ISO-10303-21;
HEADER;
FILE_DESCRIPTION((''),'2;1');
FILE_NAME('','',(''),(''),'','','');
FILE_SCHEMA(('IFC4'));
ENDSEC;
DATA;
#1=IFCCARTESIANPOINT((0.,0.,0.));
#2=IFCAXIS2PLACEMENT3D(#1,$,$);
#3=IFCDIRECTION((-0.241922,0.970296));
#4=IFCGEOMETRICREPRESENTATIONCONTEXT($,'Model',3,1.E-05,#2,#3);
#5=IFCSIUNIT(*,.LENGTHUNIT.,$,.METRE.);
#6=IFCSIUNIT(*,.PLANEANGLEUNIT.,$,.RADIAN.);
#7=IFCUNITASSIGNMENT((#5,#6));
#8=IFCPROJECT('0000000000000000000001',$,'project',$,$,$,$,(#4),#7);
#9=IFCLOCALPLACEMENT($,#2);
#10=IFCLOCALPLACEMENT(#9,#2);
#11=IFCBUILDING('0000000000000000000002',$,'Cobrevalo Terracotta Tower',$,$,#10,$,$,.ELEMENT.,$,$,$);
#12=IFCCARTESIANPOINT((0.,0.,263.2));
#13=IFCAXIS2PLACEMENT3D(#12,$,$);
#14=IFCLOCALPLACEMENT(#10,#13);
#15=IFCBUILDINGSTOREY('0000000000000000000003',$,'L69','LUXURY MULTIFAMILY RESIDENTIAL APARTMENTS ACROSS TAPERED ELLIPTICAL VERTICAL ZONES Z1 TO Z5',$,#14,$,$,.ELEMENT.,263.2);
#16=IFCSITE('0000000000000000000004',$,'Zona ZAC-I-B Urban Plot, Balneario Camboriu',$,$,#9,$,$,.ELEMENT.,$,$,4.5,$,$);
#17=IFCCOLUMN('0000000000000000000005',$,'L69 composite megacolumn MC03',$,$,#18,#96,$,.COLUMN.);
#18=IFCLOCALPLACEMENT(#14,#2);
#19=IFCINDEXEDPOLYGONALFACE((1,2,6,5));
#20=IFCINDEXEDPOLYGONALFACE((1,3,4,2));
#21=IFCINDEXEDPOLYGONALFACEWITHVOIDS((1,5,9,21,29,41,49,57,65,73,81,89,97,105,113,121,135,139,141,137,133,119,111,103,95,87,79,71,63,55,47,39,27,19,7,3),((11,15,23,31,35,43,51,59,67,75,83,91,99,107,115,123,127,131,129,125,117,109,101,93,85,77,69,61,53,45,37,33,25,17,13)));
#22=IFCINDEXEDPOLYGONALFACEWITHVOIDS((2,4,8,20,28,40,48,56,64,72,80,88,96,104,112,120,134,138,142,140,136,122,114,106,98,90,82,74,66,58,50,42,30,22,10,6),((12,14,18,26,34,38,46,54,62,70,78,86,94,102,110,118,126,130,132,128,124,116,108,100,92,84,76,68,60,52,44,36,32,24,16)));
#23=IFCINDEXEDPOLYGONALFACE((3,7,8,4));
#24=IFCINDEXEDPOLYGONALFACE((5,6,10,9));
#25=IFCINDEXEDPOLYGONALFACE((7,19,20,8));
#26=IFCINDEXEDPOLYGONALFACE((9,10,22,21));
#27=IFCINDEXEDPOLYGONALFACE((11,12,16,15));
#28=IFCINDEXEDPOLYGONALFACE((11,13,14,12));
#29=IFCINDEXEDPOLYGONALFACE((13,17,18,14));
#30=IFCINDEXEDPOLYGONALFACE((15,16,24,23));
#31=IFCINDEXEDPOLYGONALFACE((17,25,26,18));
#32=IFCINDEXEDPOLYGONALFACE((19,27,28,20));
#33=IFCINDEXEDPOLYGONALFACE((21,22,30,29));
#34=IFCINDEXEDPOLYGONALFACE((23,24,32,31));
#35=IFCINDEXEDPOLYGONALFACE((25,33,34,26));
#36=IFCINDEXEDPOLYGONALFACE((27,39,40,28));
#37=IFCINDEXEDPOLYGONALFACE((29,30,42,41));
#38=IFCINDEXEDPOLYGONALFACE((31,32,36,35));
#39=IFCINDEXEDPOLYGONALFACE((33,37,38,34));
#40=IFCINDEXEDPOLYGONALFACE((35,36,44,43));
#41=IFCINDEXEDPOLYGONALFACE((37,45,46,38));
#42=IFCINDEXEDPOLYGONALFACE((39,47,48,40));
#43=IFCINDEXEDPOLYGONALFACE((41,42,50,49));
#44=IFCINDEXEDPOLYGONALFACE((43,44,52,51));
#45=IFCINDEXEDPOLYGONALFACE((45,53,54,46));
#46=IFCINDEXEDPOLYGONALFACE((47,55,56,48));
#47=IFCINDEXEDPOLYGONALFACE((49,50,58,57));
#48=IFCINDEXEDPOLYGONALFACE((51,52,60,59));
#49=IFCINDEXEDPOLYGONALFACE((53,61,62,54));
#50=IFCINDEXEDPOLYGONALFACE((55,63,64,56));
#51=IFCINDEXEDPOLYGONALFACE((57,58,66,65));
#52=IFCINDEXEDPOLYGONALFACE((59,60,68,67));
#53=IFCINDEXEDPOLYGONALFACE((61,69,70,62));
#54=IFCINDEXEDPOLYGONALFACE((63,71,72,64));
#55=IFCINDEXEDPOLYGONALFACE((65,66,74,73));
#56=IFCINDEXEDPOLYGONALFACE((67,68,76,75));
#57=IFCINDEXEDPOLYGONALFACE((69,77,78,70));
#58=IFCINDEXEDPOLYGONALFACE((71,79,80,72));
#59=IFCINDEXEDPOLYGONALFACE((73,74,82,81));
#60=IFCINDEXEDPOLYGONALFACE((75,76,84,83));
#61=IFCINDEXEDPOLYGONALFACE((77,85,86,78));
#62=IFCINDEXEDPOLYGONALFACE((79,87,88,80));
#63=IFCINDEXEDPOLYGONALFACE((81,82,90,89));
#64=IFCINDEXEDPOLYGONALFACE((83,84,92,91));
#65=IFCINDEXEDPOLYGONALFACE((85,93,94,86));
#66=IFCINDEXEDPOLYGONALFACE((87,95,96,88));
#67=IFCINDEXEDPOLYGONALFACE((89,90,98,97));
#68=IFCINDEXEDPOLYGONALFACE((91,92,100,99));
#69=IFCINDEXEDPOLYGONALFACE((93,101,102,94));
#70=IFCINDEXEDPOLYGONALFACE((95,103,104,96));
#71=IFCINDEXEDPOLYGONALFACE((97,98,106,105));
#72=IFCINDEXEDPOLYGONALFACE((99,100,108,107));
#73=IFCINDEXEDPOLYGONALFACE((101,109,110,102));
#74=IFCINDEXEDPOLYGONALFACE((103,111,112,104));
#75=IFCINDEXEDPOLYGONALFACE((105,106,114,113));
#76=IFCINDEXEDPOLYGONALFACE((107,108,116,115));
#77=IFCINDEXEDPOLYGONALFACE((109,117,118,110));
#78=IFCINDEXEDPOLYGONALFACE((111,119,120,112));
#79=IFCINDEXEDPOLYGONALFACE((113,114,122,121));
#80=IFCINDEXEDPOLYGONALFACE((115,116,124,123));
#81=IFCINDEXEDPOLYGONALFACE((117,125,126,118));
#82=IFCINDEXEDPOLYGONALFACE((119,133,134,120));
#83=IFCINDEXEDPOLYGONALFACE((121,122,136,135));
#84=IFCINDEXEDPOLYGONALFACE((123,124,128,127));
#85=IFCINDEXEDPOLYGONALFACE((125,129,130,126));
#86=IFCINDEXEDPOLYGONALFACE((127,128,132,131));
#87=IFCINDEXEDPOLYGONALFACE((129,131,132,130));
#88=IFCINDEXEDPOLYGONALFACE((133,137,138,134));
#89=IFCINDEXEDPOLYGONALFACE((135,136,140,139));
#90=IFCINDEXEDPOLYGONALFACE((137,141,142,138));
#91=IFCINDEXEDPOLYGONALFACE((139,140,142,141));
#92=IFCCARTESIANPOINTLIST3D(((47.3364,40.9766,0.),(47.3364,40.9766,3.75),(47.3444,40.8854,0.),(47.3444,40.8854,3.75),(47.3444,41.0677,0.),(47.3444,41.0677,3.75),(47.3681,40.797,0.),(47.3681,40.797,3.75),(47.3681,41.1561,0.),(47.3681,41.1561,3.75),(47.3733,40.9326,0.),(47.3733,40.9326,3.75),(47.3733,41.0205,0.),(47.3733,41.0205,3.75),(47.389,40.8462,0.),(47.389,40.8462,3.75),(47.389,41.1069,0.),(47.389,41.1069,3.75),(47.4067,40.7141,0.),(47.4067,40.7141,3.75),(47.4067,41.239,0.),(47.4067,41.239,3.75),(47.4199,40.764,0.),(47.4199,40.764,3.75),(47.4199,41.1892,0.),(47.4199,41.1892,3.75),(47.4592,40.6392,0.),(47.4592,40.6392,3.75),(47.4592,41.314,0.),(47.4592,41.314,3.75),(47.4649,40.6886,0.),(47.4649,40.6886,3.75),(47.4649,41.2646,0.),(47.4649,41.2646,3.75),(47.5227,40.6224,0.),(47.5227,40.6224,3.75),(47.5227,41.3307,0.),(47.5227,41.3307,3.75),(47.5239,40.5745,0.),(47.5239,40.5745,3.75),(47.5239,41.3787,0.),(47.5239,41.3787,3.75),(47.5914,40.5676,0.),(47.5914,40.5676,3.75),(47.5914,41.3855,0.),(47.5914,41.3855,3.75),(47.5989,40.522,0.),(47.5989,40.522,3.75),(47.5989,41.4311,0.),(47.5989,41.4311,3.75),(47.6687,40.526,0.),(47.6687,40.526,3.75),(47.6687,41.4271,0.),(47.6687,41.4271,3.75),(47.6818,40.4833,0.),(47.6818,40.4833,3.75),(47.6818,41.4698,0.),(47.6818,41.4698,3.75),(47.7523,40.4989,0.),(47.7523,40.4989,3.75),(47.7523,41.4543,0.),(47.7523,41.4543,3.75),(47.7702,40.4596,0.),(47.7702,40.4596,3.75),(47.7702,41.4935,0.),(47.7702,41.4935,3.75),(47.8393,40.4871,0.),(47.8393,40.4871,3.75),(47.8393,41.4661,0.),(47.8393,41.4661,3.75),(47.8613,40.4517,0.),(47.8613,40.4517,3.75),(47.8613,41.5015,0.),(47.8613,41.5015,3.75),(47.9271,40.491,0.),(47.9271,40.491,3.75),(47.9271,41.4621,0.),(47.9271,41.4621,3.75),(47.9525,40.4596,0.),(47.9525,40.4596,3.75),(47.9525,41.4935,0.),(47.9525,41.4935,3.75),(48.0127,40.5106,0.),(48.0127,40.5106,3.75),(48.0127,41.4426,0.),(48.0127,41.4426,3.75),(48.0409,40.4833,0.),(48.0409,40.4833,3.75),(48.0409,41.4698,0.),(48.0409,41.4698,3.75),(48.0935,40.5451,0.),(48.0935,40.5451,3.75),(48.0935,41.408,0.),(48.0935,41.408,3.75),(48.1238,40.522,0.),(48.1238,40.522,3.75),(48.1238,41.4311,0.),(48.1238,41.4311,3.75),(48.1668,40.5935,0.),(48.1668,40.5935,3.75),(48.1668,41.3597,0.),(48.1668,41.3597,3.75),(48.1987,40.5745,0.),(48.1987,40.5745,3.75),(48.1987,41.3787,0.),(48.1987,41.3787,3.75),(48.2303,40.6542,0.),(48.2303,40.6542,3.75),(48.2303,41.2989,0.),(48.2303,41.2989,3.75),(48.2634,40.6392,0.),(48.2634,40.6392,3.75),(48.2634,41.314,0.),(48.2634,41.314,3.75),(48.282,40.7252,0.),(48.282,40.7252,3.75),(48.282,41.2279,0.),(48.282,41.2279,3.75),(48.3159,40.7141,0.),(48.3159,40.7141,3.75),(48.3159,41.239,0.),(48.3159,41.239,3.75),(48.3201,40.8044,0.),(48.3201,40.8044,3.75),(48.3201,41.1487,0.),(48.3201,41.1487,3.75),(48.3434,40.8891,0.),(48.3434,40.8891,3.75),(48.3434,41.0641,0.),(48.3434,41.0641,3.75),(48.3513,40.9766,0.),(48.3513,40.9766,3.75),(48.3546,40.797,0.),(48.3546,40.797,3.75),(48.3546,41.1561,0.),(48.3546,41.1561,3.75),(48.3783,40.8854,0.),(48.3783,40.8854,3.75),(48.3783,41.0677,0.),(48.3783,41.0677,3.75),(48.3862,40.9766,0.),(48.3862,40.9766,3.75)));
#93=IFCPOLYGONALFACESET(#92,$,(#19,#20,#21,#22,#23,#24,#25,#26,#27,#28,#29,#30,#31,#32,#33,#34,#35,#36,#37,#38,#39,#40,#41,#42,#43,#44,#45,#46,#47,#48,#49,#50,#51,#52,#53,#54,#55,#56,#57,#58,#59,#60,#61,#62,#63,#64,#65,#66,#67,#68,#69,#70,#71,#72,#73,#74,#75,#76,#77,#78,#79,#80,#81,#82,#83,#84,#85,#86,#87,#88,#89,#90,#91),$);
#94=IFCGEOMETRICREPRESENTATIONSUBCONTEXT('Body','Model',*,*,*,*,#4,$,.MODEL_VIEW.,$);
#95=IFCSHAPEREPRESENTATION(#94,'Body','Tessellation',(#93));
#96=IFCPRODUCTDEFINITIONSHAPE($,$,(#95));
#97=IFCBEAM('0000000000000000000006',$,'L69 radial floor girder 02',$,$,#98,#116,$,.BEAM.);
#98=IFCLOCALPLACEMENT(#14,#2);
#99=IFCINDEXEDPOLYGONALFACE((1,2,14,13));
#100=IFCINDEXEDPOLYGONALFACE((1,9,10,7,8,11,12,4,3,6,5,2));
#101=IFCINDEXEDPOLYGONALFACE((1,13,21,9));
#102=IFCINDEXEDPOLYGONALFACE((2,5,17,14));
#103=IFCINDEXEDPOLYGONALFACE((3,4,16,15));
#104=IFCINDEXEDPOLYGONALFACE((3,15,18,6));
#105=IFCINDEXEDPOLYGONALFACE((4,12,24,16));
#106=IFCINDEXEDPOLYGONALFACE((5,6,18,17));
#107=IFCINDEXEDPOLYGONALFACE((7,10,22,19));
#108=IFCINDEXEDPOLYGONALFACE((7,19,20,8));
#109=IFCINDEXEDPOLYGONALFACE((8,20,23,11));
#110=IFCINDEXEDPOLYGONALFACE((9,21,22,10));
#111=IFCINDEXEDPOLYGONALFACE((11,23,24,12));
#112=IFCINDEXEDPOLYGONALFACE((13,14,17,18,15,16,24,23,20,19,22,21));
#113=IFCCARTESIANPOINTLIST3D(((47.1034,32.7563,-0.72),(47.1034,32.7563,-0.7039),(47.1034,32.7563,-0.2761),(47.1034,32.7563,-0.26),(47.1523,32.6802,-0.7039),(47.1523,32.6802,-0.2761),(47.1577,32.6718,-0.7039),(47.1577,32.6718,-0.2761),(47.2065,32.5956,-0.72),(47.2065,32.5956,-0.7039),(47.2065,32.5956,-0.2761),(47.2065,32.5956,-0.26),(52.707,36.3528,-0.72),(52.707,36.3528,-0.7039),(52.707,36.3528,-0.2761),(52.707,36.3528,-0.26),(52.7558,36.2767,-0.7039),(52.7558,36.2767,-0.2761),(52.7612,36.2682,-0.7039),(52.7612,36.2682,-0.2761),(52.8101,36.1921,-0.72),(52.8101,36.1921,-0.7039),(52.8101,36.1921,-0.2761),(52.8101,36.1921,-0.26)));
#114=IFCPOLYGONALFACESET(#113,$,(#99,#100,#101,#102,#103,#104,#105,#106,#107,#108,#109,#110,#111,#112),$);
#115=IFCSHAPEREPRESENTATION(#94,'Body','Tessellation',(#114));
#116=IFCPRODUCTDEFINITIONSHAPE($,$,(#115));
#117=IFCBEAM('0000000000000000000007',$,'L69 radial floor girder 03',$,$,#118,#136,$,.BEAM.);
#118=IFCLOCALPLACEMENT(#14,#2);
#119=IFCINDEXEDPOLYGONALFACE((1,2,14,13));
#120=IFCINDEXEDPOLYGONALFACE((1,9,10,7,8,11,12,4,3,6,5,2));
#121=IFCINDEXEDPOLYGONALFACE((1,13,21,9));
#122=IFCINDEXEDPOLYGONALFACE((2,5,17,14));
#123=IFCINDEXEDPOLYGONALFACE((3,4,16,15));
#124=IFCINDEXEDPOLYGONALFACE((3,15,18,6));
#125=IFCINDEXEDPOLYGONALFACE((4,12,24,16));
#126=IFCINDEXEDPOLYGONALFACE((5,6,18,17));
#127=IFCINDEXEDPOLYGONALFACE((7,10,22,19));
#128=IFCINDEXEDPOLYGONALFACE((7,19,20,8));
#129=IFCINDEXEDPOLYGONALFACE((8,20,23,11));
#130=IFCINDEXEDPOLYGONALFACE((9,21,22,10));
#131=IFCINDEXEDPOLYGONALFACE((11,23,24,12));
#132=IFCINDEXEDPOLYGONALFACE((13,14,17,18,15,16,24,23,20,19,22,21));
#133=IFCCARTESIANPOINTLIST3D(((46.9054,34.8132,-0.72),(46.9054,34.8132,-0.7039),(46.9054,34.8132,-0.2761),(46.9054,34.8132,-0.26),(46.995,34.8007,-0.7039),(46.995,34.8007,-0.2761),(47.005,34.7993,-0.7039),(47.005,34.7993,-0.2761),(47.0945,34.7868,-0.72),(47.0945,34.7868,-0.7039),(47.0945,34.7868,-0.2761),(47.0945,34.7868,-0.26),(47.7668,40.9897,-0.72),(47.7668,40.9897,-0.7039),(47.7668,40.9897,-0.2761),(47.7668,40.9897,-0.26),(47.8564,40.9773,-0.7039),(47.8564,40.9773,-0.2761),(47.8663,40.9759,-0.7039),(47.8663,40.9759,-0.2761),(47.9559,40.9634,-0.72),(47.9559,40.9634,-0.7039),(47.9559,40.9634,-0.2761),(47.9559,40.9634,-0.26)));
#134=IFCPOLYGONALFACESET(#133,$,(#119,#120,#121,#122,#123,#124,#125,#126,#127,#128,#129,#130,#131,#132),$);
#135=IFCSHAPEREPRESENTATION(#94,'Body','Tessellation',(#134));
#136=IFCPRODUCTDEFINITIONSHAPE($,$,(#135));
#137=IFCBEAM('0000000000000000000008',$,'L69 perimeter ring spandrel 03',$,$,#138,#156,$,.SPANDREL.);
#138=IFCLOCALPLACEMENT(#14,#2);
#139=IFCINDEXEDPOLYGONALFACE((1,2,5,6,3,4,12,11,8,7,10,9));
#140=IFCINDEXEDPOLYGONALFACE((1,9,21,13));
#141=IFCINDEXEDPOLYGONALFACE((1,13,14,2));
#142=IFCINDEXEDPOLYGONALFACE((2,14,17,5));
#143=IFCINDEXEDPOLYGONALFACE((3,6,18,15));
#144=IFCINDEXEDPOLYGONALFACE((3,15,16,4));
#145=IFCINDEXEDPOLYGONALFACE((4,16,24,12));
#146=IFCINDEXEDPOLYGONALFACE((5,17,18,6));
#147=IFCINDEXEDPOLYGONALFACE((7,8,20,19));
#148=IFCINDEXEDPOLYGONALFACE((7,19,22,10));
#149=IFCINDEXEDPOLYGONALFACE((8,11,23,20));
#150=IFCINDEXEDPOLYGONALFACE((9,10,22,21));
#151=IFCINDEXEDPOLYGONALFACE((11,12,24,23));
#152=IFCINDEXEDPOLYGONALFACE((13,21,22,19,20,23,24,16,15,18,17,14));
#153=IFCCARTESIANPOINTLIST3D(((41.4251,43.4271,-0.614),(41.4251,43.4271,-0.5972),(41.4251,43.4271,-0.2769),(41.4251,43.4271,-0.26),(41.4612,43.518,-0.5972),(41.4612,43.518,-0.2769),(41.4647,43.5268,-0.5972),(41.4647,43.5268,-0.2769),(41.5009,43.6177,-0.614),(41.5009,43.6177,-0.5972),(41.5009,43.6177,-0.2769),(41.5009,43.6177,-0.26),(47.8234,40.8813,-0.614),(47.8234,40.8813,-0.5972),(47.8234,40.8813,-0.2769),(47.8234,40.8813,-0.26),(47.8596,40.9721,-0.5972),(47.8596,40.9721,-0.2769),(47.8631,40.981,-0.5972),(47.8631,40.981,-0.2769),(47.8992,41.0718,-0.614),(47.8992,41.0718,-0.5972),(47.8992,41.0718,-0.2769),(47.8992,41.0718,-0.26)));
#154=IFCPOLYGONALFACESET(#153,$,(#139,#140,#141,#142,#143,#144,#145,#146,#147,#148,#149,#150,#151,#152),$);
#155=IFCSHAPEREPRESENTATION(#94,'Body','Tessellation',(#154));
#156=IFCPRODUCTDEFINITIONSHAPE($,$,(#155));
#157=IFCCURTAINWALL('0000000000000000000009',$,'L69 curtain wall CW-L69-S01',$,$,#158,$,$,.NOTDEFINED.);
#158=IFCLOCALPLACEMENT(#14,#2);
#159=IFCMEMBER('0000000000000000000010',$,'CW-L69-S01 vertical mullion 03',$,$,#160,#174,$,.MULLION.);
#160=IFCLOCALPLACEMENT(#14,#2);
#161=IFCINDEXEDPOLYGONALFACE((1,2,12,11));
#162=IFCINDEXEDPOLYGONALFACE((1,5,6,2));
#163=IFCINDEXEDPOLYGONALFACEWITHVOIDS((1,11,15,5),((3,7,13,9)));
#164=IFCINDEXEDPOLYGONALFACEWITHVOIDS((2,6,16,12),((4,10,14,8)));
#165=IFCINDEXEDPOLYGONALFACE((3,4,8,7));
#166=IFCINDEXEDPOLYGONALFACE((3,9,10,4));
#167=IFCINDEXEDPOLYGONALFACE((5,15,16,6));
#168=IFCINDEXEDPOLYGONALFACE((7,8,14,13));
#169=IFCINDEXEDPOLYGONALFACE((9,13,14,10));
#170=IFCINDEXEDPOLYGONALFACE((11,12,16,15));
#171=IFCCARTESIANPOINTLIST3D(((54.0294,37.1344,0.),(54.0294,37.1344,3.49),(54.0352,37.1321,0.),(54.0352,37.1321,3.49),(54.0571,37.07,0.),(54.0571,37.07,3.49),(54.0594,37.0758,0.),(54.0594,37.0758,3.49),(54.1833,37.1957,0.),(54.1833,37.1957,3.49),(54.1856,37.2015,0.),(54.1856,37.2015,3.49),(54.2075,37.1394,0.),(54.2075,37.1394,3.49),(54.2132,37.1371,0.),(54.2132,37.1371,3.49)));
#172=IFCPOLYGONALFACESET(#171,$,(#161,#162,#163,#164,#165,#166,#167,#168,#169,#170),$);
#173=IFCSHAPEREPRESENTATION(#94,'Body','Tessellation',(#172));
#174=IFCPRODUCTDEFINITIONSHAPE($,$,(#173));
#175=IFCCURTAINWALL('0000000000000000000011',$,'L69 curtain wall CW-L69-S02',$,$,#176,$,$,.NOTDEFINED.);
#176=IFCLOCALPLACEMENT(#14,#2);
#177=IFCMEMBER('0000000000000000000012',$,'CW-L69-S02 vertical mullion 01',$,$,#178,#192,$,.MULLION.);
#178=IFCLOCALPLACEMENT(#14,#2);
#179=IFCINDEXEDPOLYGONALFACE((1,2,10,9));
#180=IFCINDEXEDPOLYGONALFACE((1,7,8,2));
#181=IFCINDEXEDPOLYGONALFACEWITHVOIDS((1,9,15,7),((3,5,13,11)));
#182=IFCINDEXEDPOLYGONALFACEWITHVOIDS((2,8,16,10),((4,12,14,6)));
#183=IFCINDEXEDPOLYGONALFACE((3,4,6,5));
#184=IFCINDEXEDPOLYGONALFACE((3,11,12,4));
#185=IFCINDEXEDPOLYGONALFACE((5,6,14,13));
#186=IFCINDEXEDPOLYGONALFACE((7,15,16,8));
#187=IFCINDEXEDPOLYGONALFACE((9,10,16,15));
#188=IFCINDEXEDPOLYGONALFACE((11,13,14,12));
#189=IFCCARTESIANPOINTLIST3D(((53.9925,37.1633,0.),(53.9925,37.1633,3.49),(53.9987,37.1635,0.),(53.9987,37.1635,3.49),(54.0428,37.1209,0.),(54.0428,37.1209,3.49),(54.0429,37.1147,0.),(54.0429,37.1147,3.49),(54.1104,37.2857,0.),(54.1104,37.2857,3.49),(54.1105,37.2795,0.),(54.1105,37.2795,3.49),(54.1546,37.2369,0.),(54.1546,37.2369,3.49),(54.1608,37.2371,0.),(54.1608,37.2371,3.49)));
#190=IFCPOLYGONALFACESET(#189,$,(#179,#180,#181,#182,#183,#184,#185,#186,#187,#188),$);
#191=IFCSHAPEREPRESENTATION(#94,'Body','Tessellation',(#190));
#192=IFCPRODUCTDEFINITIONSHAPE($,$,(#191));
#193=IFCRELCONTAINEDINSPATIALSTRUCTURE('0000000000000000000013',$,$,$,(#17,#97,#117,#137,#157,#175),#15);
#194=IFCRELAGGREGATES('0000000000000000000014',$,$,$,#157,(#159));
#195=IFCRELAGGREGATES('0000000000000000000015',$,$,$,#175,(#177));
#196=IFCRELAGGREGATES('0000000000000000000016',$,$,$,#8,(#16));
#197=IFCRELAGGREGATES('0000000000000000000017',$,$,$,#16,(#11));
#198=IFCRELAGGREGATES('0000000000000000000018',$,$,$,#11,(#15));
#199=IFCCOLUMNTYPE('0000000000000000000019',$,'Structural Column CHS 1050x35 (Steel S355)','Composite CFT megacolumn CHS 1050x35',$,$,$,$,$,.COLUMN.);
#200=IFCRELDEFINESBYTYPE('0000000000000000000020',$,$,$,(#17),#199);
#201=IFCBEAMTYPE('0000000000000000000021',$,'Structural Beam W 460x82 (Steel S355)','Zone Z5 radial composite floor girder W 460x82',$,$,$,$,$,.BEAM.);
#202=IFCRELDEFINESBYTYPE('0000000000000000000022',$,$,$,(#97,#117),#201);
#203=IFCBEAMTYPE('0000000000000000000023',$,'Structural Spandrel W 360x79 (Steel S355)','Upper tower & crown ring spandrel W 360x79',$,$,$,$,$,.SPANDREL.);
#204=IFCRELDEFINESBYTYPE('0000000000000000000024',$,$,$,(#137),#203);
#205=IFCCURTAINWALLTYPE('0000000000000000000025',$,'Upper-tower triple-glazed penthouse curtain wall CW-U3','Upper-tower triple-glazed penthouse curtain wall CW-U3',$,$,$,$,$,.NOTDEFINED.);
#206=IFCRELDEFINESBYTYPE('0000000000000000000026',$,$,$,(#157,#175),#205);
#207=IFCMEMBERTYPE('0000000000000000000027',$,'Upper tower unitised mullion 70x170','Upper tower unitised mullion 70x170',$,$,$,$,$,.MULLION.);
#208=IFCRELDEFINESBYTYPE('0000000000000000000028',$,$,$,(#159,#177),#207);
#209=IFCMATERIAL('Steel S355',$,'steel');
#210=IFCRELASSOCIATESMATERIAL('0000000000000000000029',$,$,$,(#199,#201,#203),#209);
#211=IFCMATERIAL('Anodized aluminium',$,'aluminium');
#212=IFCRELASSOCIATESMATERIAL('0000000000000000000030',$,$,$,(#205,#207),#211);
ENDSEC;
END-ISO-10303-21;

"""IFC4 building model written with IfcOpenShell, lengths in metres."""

from ifc_helpers import new_model, si_unit, direction, frame, origin, origin_2d, place, context, subcontext, project, spatial, hollow_rectangle, hollow_circle, i_section, extrude, source, transform, mapped, material, material_profile, profile_set, type_object, element, aggregate, save


model = new_model("IFC4")

# Units and contexts
model_context = context("Model", 3, precision=1e-05, world=origin(), true_north=direction((-0.241922, 0.970296)))
body_context = subcontext(model_context, "Body", "Model", "MODEL_VIEW")
ifc_project = project(units=[si_unit("LENGTHUNIT", "METRE"), si_unit("PLANEANGLEUNIT", "RADIAN")], contexts=[model_context])

# Site, building, storey
site_placement = place(None, origin())
site = spatial("IfcSite", under=ifc_project, at=site_placement, Name="Zona ZAC-I-B Urban Plot, Balneario Camboriu", CompositionType="ELEMENT", RefElevation=4.5)
building_placement = place(site_placement, origin())
building = spatial("IfcBuilding", under=site, at=building_placement, Name="Cobrevalo Terracotta Tower", CompositionType="ELEMENT")
storey_placement = place(building_placement, frame((0.0, 0.0, 263.2)))
storey = spatial("IfcBuildingStorey", under=building, at=storey_placement, Name="L69", Description="LUXURY MULTIFAMILY RESIDENTIAL APARTMENTS ACROSS TAPERED ELLIPTICAL VERTICAL ZONES Z1 TO Z5", CompositionType="ELEMENT", Elevation=263.2)

# Column
ifc_material_1 = material(Name="Steel S355", Category="steel")
ifc_material_profile_1 = material_profile(ifc_material_1, hollow_circle(Radius=0.5249, WallThickness=0.0349, at=origin_2d()), Name="CHS 1050x35")
ifc_profile_set_1 = profile_set([ifc_material_profile_1], Name="Steel S355")
column_type = type_object("IfcColumnType", Name="Structural Column CHS 1050x35 (Steel S355)", Description="Composite CFT megacolumn CHS 1050x35", PredefinedType="COLUMN", material=ifc_profile_set_1)
column_placement = place(storey_placement, frame((47.8613, 40.9766, 0.0), z_axis=(0.0, 0.0, 1.0), x_axis=(1.0, 0.0, 0.0)))
element("IfcColumn", 1, at=column_placement, inside=storey, type_object=column_type, Name="L69 composite megacolumn MC03", PredefinedType="COLUMN", context=body_context, shape_type="SweptSolid", body=[
    extrude(hollow_circle(Radius=0.5249, WallThickness=0.0349, at=origin_2d()), origin(), (0.0, 0.0, 1.0), 3.75),
])

# Beams
ifc_material_profile_2 = material_profile(ifc_material_1, i_section(OverallWidth=0.1909, OverallDepth=0.46, WebThickness=0.01, FlangeThickness=0.0161, at=origin_2d()), Name="W 460x82")
ifc_profile_set_2 = profile_set([ifc_material_profile_2], Name="Steel S355")
beam_type_1 = type_object("IfcBeamType", Name="Structural Beam W 460x82 (Steel S355)", Description="Zone Z5 radial composite floor girder W 460x82", PredefinedType="BEAM", material=ifc_profile_set_2)
beam_1_placement = place(storey_placement, frame((52.7585, 36.2725, -0.49), z_axis=(-0.841576, -0.540138, 0.0), x_axis=(0.540138, -0.841576, 0.0)))
element("IfcBeam", 2, at=beam_1_placement, inside=storey, type_object=beam_type_1, Name="L69 radial floor girder 02", PredefinedType="BEAM", context=body_context, shape_type="SweptSolid", body=[
    extrude(i_section(OverallWidth=0.1909, OverallDepth=0.46, WebThickness=0.01, FlangeThickness=0.0161, at=origin_2d()), origin(), (0.0, 0.0, 1.0), 6.6584),
])
beam_2_placement = place(storey_placement, frame((47.8613, 40.9766, -0.49), z_axis=(-0.138116, -0.990416, 0.0), x_axis=(0.990416, -0.138116, 0.0)))
element("IfcBeam", 3, at=beam_2_placement, inside=storey, type_object=beam_type_1, Name="L69 radial floor girder 03", PredefinedType="BEAM", context=body_context, shape_type="SweptSolid", body=[
    extrude(i_section(OverallWidth=0.1909, OverallDepth=0.46, WebThickness=0.01, FlangeThickness=0.0161, at=origin_2d()), origin(), (0.0, 0.0, 1.0), 6.2363),
])
ifc_material_profile_3 = material_profile(ifc_material_1, i_section(OverallWidth=0.2051, OverallDepth=0.354, WebThickness=0.0095, FlangeThickness=0.0168, at=origin_2d()), Name="W 360x79")
ifc_profile_set_3 = profile_set([ifc_material_profile_3], Name="Steel S355")
beam_type_2 = type_object("IfcBeamType", Name="Structural Spandrel W 360x79 (Steel S355)", Description="Upper tower & crown ring spandrel W 360x79", PredefinedType="SPANDREL", material=ifc_profile_set_3)
beam_3_placement = place(storey_placement, frame((47.8613, 40.9766, -0.437), z_axis=(-0.92915, 0.369703, 0.0), x_axis=(-0.369703, -0.92915, 0.0)))
element("IfcBeam", 4, at=beam_3_placement, inside=storey, type_object=beam_type_2, Name="L69 perimeter ring spandrel 03", PredefinedType="SPANDREL", context=body_context, shape_type="SweptSolid", body=[
    extrude(i_section(OverallWidth=0.2051, OverallDepth=0.354, WebThickness=0.0095, FlangeThickness=0.0168, at=origin_2d()), origin(), (0.0, 0.0, 1.0), 6.8862),
])

# Curtain wall, member
ifc_material_2 = material(Name="Anodized aluminium", Category="aluminium")
curtain_wall_type = type_object("IfcCurtainWallType", Name="Upper-tower triple-glazed penthouse curtain wall CW-U3", Description="Upper-tower triple-glazed penthouse curtain wall CW-U3", PredefinedType="NOTDEFINED", material=ifc_material_2)
curtain_wall_1_placement = place(storey_placement, origin())
curtain_wall_1 = element("IfcCurtainWall", 5, at=curtain_wall_1_placement, inside=storey, type_object=curtain_wall_type, Name="L69 curtain wall CW-L69-S01", PredefinedType="NOTDEFINED")
ifc_material_profile_4 = material_profile(ifc_material_2, hollow_rectangle(XDim=0.0701, YDim=0.1699, WallThickness=0.0044, at=origin_2d()), Name="CWM 70x170")
ifc_profile_set_4 = profile_set([ifc_material_profile_4], Name="Anodized aluminium")
member_type_1 = type_object("IfcMemberType", Name="Upper tower unitised mullion 70x170", Description="Upper tower unitised mullion 70x170", PredefinedType="MULLION", material=ifc_profile_set_4)
shared_shape_1 = source(origin(), body_context, "Body", "SweptSolid", [
    extrude(hollow_rectangle(XDim=0.0701, YDim=0.1699, WallThickness=0.0044, at=origin_2d()), origin(), (0.0, 0.0, 1.0), 3.49),
])
member_1_placement = place(storey_placement, frame((54.1213, 37.1357, 0.0), z_axis=(0.0, 0.0, 1.0), x_axis=(-0.394824, 0.918757, 0.0)))
member_1 = element("IfcMember", 6, at=member_1_placement, type_object=member_type_1, Name="CW-L69-S01 vertical mullion 03", PredefinedType="MULLION", context=body_context, shape_type="MappedRepresentation", body=[
    mapped(shared_shape_1, transform((0.0, 0.0, 0.0), scale=1.0)),
])
aggregate(curtain_wall_1, [member_1])

# Curtain wall, member
curtain_wall_2_placement = place(storey_placement, origin())
curtain_wall_2 = element("IfcCurtainWall", 7, at=curtain_wall_2_placement, inside=storey, type_object=curtain_wall_type, Name="L69 curtain wall CW-L69-S02", PredefinedType="NOTDEFINED")
member_2_placement = place(storey_placement, frame((54.0767, 37.2002, 0.0), z_axis=(0.0, 0.0, 1.0), x_axis=(-0.719994, 0.69398, 0.0)))
member_2 = element("IfcMember", 8, at=member_2_placement, type_object=member_type_1, Name="CW-L69-S02 vertical mullion 01", PredefinedType="MULLION", context=body_context, shape_type="MappedRepresentation", body=[
    mapped(shared_shape_1, transform((0.0, 0.0, 0.0), scale=1.0)),
])

aggregate(curtain_wall_2, [member_2])

save(model, "model.ifc")
